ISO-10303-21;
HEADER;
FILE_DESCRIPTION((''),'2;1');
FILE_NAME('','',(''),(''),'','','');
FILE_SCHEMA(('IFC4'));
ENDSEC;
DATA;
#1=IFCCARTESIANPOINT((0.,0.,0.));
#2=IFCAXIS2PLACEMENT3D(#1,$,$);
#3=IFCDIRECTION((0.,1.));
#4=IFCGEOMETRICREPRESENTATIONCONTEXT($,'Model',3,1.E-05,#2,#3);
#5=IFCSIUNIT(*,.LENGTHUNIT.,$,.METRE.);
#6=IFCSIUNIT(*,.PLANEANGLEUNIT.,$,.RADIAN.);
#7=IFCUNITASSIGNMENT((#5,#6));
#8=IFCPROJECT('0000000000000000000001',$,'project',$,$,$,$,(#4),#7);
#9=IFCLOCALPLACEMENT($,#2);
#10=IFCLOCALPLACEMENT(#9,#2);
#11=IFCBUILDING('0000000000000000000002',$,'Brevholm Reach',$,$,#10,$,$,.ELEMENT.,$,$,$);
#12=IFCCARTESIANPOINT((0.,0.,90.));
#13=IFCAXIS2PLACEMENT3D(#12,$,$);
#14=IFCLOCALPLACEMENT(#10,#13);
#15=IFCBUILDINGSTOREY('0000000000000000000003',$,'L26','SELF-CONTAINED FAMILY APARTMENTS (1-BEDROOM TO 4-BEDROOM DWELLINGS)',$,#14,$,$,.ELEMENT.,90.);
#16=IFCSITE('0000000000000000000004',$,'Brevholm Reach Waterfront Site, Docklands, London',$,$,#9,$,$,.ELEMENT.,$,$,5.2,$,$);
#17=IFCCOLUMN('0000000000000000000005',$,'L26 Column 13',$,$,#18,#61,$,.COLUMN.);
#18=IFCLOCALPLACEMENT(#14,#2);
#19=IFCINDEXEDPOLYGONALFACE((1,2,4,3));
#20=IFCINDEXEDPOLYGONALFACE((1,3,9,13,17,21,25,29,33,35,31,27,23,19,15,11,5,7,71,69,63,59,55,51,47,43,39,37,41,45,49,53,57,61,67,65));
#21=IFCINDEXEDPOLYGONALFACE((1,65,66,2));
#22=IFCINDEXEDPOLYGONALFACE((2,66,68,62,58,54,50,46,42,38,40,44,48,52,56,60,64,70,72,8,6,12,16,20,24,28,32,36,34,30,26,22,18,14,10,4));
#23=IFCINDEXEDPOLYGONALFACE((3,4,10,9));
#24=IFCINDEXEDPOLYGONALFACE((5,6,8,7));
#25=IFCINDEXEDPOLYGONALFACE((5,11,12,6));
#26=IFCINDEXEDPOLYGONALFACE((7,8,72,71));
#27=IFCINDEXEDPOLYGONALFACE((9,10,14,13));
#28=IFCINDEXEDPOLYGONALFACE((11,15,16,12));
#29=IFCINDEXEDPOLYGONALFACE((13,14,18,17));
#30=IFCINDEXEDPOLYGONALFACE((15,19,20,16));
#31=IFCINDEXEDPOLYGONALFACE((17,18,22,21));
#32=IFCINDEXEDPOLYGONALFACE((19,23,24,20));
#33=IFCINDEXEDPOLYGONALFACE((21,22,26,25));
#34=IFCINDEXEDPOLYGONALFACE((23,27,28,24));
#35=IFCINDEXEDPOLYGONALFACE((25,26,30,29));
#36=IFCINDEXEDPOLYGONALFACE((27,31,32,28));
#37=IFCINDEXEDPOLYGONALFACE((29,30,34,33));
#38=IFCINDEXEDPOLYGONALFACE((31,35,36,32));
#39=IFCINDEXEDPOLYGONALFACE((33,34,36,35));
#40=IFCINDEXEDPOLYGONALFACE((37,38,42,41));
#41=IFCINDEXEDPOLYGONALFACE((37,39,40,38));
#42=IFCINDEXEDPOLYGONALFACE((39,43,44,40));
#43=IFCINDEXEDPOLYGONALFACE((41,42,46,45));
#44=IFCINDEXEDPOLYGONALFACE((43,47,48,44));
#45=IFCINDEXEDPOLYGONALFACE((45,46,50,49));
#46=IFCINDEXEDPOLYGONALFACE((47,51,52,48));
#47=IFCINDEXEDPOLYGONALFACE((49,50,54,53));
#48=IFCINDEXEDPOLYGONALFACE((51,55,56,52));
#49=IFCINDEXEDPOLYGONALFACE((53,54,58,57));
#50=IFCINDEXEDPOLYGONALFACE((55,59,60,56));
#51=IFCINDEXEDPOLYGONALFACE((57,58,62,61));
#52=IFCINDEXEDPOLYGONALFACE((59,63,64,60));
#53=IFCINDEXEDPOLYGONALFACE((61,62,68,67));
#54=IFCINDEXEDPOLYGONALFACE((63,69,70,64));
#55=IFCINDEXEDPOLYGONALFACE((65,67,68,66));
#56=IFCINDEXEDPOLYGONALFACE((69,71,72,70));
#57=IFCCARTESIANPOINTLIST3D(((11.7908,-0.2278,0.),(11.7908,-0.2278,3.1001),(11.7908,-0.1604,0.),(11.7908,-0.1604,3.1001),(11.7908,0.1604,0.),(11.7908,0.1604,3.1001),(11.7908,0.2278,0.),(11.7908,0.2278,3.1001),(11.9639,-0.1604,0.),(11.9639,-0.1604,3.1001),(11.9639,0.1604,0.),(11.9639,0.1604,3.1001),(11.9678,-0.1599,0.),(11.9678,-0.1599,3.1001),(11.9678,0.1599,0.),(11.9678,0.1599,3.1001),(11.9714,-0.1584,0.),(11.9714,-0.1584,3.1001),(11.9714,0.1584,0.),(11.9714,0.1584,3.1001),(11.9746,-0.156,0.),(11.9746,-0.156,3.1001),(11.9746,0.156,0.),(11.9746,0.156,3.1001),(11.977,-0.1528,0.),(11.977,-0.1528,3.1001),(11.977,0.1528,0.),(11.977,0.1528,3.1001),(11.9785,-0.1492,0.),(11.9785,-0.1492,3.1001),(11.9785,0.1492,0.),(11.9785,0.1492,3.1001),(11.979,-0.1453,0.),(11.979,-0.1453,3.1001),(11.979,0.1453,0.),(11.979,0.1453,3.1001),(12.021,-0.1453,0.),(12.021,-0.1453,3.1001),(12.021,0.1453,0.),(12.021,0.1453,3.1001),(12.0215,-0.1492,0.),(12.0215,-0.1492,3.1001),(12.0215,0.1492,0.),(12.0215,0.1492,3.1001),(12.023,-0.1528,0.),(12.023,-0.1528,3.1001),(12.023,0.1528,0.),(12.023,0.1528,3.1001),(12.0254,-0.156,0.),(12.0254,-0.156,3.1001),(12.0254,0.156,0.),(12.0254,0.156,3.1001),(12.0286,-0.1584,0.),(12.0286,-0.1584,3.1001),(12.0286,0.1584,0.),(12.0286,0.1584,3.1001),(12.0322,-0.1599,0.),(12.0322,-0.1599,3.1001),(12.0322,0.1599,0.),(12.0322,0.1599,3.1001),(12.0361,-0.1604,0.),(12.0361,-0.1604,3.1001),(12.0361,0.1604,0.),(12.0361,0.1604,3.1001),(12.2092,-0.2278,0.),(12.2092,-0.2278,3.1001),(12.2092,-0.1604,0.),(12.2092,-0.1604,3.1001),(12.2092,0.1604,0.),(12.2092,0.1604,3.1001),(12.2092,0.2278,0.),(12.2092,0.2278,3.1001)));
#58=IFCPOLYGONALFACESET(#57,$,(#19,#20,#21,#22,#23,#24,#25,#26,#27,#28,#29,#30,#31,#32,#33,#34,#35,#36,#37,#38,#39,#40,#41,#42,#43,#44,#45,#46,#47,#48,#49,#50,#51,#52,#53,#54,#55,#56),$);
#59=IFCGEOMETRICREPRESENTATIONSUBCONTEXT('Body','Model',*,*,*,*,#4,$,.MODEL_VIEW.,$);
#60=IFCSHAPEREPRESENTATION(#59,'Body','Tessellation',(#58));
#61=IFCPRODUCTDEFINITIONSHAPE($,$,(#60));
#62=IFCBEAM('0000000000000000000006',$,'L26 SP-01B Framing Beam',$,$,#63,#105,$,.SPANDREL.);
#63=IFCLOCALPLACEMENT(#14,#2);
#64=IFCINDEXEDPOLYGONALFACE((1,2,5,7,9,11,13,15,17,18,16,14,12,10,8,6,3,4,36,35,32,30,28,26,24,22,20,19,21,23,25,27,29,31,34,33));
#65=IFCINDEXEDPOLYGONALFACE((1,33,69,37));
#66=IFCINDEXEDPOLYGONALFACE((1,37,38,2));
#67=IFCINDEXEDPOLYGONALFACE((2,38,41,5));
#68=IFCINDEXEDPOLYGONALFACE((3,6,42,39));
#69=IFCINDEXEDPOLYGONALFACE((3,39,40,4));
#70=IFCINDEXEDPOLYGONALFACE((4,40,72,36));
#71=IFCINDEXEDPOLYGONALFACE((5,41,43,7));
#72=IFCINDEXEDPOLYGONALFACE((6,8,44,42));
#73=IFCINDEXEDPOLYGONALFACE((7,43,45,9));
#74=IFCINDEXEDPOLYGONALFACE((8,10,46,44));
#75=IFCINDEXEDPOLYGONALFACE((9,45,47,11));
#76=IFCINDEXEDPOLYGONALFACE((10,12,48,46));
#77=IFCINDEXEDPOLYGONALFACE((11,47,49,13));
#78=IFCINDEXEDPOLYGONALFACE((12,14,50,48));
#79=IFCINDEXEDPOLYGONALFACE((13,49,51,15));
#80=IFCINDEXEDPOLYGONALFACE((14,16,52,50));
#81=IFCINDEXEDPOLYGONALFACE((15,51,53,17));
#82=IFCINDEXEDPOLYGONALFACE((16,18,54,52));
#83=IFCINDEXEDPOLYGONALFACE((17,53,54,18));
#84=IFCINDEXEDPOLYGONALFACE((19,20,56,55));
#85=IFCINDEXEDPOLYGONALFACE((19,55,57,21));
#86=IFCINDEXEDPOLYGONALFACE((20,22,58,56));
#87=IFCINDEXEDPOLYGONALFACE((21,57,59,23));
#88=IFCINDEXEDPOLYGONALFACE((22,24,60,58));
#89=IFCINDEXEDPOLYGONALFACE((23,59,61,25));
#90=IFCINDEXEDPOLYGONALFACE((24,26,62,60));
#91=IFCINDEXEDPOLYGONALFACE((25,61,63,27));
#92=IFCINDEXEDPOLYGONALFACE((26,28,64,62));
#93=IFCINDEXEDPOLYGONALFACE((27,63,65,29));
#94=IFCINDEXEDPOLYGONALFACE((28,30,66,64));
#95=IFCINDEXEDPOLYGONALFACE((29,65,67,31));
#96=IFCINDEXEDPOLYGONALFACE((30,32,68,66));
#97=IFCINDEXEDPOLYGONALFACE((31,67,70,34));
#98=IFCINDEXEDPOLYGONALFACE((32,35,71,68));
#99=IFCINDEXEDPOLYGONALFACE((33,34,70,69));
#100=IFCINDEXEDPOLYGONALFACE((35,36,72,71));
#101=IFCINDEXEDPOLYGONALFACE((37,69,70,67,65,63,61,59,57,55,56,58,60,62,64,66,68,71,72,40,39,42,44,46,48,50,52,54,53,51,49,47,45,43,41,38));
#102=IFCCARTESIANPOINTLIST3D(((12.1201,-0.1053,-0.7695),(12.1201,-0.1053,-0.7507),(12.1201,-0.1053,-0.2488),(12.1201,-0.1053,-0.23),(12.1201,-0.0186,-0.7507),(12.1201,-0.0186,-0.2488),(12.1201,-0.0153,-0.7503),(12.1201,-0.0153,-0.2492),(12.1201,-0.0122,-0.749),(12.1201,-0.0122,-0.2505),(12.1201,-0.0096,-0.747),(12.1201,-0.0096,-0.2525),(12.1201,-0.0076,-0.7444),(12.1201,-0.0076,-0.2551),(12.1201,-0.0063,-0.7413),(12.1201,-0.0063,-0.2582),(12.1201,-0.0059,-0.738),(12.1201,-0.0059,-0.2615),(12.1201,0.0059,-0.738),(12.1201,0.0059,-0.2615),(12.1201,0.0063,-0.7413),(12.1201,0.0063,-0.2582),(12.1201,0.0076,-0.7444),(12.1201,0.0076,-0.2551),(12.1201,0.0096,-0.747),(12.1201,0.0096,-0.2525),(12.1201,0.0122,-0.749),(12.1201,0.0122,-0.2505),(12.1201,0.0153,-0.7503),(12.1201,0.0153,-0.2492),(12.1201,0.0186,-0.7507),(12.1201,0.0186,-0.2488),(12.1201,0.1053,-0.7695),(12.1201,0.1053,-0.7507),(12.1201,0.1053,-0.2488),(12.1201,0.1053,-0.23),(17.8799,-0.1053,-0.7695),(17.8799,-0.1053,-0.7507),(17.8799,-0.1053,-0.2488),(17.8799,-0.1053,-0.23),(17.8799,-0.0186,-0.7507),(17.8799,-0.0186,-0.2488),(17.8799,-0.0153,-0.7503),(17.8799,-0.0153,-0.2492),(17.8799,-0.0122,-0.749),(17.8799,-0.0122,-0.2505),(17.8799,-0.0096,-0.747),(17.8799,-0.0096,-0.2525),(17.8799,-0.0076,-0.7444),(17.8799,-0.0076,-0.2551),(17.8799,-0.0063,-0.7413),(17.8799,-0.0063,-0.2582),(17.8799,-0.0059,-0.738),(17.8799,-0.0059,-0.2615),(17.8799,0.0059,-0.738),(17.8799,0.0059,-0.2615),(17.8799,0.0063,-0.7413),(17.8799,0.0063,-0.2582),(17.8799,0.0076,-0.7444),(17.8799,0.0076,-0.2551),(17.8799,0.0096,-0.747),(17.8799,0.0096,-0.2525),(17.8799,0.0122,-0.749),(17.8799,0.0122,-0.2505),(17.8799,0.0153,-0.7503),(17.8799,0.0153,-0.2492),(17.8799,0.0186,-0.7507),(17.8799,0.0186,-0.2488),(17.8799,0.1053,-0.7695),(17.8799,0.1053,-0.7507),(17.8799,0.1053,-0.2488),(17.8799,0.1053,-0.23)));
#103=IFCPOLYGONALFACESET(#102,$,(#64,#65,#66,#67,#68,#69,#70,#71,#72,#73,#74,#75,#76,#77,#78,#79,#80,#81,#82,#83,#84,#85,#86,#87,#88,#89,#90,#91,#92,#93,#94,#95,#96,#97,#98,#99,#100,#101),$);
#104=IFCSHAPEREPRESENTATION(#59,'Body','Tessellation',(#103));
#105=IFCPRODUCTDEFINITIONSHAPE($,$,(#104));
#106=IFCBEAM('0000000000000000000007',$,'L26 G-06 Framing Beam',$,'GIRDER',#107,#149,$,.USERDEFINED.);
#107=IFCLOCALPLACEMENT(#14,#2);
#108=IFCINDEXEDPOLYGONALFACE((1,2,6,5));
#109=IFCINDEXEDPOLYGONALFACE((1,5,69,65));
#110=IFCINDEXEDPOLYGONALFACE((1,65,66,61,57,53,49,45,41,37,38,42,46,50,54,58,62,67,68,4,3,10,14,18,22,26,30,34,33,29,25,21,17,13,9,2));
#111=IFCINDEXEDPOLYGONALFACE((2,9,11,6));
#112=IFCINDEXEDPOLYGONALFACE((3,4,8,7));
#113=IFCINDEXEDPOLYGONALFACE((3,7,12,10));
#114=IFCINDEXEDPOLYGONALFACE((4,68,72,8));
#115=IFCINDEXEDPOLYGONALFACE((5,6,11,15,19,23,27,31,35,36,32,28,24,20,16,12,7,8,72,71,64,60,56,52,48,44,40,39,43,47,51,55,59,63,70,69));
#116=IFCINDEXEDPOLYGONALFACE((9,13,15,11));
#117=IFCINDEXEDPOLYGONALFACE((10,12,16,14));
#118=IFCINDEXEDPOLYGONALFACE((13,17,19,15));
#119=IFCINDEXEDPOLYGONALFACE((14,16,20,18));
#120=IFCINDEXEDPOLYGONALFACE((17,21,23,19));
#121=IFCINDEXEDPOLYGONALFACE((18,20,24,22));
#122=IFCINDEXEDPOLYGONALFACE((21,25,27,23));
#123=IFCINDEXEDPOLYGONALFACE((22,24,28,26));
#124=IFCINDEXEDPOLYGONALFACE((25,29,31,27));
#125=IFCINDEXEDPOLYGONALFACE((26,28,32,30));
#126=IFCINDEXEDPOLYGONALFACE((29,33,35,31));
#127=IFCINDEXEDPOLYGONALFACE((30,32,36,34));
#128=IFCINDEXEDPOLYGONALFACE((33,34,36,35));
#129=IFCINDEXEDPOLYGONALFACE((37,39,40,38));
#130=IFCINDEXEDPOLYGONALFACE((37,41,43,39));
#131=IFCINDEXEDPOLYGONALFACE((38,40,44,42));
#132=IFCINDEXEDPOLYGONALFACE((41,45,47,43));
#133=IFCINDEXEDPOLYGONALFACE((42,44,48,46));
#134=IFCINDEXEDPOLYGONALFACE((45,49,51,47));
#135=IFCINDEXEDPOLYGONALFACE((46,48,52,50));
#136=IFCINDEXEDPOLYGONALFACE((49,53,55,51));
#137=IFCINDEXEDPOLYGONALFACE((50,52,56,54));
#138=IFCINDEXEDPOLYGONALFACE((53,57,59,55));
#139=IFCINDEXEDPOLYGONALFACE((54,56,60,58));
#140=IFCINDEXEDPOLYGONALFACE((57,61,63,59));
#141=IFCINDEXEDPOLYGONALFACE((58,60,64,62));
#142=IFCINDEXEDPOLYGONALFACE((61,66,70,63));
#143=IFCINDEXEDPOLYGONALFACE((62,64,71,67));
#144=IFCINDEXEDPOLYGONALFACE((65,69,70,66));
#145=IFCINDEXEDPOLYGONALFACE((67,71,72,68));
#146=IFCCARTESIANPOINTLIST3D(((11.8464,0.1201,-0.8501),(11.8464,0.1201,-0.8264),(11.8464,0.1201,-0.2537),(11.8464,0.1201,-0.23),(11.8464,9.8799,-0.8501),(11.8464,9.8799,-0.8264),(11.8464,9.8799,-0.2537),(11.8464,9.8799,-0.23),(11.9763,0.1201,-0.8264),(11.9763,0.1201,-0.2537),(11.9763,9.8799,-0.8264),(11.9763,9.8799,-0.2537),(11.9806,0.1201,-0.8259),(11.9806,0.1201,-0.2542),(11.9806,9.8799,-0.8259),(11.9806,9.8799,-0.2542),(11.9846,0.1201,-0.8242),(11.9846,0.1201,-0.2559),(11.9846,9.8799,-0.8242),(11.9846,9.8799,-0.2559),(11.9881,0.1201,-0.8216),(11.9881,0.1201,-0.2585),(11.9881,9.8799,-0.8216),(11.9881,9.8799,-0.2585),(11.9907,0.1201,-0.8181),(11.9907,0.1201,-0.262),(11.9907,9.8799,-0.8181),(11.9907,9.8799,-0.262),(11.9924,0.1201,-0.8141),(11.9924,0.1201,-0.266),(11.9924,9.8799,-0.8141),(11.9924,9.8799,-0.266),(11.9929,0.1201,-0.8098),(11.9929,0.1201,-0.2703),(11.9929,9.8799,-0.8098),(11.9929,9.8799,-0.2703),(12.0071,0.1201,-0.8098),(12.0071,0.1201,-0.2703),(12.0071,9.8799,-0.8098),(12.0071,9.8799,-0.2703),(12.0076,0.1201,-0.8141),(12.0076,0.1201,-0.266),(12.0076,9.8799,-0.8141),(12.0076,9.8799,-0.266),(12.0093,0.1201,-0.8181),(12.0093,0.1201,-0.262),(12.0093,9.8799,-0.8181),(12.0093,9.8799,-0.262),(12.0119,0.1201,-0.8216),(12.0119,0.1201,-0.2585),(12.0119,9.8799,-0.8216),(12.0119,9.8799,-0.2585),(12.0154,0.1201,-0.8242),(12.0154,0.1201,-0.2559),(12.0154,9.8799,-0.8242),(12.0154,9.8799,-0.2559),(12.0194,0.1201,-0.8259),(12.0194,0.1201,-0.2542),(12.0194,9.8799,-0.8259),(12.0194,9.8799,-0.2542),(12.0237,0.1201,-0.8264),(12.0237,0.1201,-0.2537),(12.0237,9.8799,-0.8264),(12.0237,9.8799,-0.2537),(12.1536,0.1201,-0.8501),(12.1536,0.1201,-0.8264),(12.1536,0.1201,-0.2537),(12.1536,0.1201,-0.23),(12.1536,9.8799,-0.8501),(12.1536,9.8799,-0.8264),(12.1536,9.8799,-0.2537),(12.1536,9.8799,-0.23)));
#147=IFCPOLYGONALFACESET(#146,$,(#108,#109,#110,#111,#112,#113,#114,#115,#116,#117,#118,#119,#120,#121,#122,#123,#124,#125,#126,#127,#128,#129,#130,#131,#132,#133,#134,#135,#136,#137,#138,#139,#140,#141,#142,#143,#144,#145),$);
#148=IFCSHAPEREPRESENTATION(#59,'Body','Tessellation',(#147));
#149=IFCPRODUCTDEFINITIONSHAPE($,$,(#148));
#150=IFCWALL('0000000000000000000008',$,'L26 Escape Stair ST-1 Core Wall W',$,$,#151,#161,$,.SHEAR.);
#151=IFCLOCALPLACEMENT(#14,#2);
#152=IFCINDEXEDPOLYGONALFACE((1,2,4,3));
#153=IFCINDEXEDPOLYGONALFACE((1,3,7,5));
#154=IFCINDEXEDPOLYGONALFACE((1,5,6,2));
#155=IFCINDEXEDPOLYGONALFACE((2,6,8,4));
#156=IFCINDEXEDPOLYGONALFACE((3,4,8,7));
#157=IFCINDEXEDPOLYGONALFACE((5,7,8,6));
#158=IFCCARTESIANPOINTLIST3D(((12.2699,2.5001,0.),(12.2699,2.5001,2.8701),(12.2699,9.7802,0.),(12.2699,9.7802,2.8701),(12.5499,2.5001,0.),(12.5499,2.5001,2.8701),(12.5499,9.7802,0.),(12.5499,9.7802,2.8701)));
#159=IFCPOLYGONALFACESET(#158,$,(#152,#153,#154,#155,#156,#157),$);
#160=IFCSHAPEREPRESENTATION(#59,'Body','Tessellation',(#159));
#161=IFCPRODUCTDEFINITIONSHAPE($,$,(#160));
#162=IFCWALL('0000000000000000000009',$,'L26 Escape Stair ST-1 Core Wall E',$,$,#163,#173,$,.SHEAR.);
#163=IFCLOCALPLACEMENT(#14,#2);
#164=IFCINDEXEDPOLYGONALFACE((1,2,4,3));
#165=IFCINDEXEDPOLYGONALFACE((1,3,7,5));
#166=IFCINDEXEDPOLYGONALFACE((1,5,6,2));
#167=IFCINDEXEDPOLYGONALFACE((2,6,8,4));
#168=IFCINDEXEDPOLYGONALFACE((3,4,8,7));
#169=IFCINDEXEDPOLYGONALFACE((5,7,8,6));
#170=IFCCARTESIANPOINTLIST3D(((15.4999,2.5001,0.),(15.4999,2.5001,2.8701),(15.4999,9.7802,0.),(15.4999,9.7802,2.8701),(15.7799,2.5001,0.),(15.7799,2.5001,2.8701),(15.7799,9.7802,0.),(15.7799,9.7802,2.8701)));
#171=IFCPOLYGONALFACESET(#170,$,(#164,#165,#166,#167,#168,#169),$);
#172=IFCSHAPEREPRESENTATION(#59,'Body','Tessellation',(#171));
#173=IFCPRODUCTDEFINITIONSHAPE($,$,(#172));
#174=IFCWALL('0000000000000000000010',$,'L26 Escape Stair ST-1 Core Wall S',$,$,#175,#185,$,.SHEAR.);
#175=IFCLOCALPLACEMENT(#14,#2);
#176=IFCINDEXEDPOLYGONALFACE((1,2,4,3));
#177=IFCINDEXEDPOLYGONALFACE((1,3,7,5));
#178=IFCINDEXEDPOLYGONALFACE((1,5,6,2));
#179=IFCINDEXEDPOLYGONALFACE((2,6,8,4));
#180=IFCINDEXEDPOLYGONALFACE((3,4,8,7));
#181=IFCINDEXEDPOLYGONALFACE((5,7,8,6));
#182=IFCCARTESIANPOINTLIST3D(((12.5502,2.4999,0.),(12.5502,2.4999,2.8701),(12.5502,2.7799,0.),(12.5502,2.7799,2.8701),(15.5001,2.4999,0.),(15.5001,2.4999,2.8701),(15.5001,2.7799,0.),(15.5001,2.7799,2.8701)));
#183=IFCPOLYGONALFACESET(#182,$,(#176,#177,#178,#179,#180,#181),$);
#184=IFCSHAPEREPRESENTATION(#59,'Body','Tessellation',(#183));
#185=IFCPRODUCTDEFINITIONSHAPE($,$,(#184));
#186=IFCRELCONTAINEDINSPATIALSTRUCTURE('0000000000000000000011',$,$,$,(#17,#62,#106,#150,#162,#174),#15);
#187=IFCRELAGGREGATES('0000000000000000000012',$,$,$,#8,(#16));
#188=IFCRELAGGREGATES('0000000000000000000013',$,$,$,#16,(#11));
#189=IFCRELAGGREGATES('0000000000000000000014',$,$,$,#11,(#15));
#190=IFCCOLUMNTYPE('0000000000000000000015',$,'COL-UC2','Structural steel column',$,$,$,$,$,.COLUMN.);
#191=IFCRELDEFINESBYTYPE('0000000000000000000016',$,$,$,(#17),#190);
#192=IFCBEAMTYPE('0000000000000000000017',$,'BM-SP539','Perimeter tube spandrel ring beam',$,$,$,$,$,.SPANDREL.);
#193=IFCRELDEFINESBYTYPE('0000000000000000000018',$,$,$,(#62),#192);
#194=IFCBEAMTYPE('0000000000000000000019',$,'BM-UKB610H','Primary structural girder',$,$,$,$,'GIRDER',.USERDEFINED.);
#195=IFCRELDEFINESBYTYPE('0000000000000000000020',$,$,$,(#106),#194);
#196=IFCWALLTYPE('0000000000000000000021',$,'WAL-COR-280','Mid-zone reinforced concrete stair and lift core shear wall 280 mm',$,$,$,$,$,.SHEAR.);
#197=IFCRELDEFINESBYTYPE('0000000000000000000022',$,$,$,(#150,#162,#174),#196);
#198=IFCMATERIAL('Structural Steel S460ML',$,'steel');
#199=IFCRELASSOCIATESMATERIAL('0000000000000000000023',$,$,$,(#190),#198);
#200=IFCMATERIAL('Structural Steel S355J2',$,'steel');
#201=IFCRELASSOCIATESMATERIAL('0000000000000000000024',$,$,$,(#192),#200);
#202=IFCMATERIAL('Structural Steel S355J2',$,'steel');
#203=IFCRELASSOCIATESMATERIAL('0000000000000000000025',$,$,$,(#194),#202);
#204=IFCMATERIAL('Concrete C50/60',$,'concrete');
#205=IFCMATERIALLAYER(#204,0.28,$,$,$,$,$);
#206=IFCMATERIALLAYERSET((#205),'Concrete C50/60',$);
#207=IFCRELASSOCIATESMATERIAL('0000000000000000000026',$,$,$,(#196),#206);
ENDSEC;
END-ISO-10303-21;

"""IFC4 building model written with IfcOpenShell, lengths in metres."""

from ifc_helpers import new_model, si_unit, direction, frame, frame_2d, origin, origin_2d, place, context, subcontext, project, spatial, rectangle, i_section, extrude, material, layer, layer_set, material_profile, profile_set, type_object, element, save


model = new_model("IFC4")

# Units and contexts
model_context = context("Model", 3, precision=1e-05, world=origin(), true_north=direction((0.0, 1.0)))
body_context = subcontext(model_context, "Body", "Model", "MODEL_VIEW")
ifc_project = project(units=[si_unit("LENGTHUNIT", "METRE"), si_unit("PLANEANGLEUNIT", "RADIAN")], contexts=[model_context])

# Site, building, storey
site_placement = place(None, origin())
site = spatial("IfcSite", under=ifc_project, at=site_placement, Name="Brevholm Reach Waterfront Site, Docklands, London", CompositionType="ELEMENT", RefElevation=5.2)
building_placement = place(site_placement, origin())
building = spatial("IfcBuilding", under=site, at=building_placement, Name="Brevholm Reach", CompositionType="ELEMENT")
storey_placement = place(building_placement, frame((0.0, 0.0, 90.0)))
storey = spatial("IfcBuildingStorey", under=building, at=storey_placement, Name="L26", Description="SELF-CONTAINED FAMILY APARTMENTS (1-BEDROOM TO 4-BEDROOM DWELLINGS)", CompositionType="ELEMENT", Elevation=90.0)

# Column
ifc_material_1 = material(Name="Structural Steel S460ML", Category="steel")
ifc_material_profile_1 = material_profile(ifc_material_1, i_section(OverallWidth=0.4185, OverallDepth=0.4556, WebThickness=0.042, FlangeThickness=0.0674, FilletRadius=0.0151, at=origin_2d()), Name="UKC 356x406x551")
ifc_profile_set_1 = profile_set([ifc_material_profile_1], Name="Structural Steel S460ML")
column_type = type_object("IfcColumnType", Name="COL-UC2", Description="Structural steel column", PredefinedType="COLUMN", material=ifc_profile_set_1)
column_placement = place(storey_placement, frame((12.0, 0.0, 0.0), z_axis=(0.0, 0.0, 1.0), x_axis=(1.0, 0.0, 0.0)))
element("IfcColumn", 1, at=column_placement, inside=storey, type_object=column_type, Name="L26 Column 13", PredefinedType="COLUMN", context=body_context, shape_type="SweptSolid", body=[
    extrude(i_section(OverallWidth=0.4185, OverallDepth=0.4556, WebThickness=0.042, FlangeThickness=0.0674, FilletRadius=0.0151, at=origin_2d()), origin(), (0.0, 0.0, 1.0), 3.1001),
])

# Beams
ifc_material_2 = material(Name="Structural Steel S355J2", Category="steel")
ifc_material_profile_2 = material_profile(ifc_material_2, i_section(OverallWidth=0.2107, OverallDepth=0.5396, WebThickness=0.0117, FlangeThickness=0.0188, FilletRadius=0.0127, at=origin_2d()), Name="UKB 533x210x109")
ifc_profile_set_2 = profile_set([ifc_material_profile_2], Name="Structural Steel S355J2")
beam_type_1 = type_object("IfcBeamType", Name="BM-SP539", Description="Perimeter tube spandrel ring beam", PredefinedType="SPANDREL", material=ifc_profile_set_2)
beam_1_placement = place(storey_placement, frame((12.1201, 0.0, -0.4998), z_axis=(1.0, 0.0, 0.0), x_axis=(0.0, 1.0, 0.0)))
element("IfcBeam", 2, at=beam_1_placement, inside=storey, type_object=beam_type_1, Name="L26 SP-01B Framing Beam", PredefinedType="SPANDREL", context=body_context, shape_type="SweptSolid", body=[
    extrude(i_section(OverallWidth=0.2107, OverallDepth=0.5396, WebThickness=0.0117, FlangeThickness=0.0188, FilletRadius=0.0127, at=origin_2d()), origin(), (0.0, 0.0, 1.0), 5.7598),
])
ifc_material_3 = material(Name="Structural Steel S355J2", Category="steel")
ifc_material_profile_3 = material_profile(ifc_material_3, i_section(OverallWidth=0.3071, OverallDepth=0.6201, WebThickness=0.0142, FlangeThickness=0.0237, FilletRadius=0.0166, at=origin_2d()), Name="UKB 610x305x179")
ifc_profile_set_3 = profile_set([ifc_material_profile_3], Name="Structural Steel S355J2")
beam_type_2 = type_object("IfcBeamType", Name="BM-UKB610H", Description="Primary structural girder", ElementType="GIRDER", PredefinedType="USERDEFINED", material=ifc_profile_set_3)
beam_2_placement = place(storey_placement, frame((12.0, 0.1201, -0.54), z_axis=(0.0, 1.0, 0.0), x_axis=(-1.0, 0.0, 0.0)))
element("IfcBeam", 3, at=beam_2_placement, inside=storey, type_object=beam_type_2, Name="L26 G-06 Framing Beam", ObjectType="GIRDER", PredefinedType="USERDEFINED", context=body_context, shape_type="SweptSolid", body=[
    extrude(i_section(OverallWidth=0.3071, OverallDepth=0.6201, WebThickness=0.0142, FlangeThickness=0.0237, FilletRadius=0.0166, at=origin_2d()), origin(), (0.0, 0.0, 1.0), 9.7598),
])

# Walls
ifc_material_4 = material(Name="Concrete C50/60", Category="concrete")
ifc_layer_1 = layer(ifc_material_4, 0.28)
ifc_layer_set_1 = layer_set([ifc_layer_1], Name="Concrete C50/60")
wall_type_1 = type_object("IfcWallType", Name="WAL-COR-280", Description="Mid-zone reinforced concrete stair and lift core shear wall 280 mm", PredefinedType="SHEAR", material=ifc_layer_set_1)
for number, where, z_axis, x_axis, name in (
    (4, (12.4099, 2.5, 0.0), (0.0, 0.0, 1.0), (0.0, 1.0, 0.0), "L26 Escape Stair ST-1 Core Wall W"),
    (5, (15.6399, 2.5, 0.0), (0.0, 0.0, 1.0), (0.0, 1.0, 0.0), "L26 Escape Stair ST-1 Core Wall E"),
):
    element("IfcWall", number, at=place(storey_placement, frame(where, z_axis=z_axis, x_axis=x_axis)), inside=storey, type_object=wall_type_1, Name=name, PredefinedType="SHEAR", context=body_context, shape_type="SweptSolid", body=[
        extrude(rectangle(XDim=7.28, YDim=0.28, at=frame_2d((3.6401, 0.0))), origin(), (0.0, 0.0, 1.0), 2.8701),
    ])
wall_1_placement = place(storey_placement, frame((12.55, 2.6399, 0.0), z_axis=(0.0, 0.0, 1.0), x_axis=(1.0, 0.0, 0.0)))
element("IfcWall", 6, at=wall_1_placement, inside=storey, type_object=wall_type_1, Name="L26 Escape Stair ST-1 Core Wall S", PredefinedType="SHEAR", context=body_context, shape_type="SweptSolid", body=[
    extrude(rectangle(XDim=2.95, YDim=0.28, at=frame_2d((1.4751, 0.0))), origin(), (0.0, 0.0, 1.0), 2.8701),
])

save(model, "model.ifc")
